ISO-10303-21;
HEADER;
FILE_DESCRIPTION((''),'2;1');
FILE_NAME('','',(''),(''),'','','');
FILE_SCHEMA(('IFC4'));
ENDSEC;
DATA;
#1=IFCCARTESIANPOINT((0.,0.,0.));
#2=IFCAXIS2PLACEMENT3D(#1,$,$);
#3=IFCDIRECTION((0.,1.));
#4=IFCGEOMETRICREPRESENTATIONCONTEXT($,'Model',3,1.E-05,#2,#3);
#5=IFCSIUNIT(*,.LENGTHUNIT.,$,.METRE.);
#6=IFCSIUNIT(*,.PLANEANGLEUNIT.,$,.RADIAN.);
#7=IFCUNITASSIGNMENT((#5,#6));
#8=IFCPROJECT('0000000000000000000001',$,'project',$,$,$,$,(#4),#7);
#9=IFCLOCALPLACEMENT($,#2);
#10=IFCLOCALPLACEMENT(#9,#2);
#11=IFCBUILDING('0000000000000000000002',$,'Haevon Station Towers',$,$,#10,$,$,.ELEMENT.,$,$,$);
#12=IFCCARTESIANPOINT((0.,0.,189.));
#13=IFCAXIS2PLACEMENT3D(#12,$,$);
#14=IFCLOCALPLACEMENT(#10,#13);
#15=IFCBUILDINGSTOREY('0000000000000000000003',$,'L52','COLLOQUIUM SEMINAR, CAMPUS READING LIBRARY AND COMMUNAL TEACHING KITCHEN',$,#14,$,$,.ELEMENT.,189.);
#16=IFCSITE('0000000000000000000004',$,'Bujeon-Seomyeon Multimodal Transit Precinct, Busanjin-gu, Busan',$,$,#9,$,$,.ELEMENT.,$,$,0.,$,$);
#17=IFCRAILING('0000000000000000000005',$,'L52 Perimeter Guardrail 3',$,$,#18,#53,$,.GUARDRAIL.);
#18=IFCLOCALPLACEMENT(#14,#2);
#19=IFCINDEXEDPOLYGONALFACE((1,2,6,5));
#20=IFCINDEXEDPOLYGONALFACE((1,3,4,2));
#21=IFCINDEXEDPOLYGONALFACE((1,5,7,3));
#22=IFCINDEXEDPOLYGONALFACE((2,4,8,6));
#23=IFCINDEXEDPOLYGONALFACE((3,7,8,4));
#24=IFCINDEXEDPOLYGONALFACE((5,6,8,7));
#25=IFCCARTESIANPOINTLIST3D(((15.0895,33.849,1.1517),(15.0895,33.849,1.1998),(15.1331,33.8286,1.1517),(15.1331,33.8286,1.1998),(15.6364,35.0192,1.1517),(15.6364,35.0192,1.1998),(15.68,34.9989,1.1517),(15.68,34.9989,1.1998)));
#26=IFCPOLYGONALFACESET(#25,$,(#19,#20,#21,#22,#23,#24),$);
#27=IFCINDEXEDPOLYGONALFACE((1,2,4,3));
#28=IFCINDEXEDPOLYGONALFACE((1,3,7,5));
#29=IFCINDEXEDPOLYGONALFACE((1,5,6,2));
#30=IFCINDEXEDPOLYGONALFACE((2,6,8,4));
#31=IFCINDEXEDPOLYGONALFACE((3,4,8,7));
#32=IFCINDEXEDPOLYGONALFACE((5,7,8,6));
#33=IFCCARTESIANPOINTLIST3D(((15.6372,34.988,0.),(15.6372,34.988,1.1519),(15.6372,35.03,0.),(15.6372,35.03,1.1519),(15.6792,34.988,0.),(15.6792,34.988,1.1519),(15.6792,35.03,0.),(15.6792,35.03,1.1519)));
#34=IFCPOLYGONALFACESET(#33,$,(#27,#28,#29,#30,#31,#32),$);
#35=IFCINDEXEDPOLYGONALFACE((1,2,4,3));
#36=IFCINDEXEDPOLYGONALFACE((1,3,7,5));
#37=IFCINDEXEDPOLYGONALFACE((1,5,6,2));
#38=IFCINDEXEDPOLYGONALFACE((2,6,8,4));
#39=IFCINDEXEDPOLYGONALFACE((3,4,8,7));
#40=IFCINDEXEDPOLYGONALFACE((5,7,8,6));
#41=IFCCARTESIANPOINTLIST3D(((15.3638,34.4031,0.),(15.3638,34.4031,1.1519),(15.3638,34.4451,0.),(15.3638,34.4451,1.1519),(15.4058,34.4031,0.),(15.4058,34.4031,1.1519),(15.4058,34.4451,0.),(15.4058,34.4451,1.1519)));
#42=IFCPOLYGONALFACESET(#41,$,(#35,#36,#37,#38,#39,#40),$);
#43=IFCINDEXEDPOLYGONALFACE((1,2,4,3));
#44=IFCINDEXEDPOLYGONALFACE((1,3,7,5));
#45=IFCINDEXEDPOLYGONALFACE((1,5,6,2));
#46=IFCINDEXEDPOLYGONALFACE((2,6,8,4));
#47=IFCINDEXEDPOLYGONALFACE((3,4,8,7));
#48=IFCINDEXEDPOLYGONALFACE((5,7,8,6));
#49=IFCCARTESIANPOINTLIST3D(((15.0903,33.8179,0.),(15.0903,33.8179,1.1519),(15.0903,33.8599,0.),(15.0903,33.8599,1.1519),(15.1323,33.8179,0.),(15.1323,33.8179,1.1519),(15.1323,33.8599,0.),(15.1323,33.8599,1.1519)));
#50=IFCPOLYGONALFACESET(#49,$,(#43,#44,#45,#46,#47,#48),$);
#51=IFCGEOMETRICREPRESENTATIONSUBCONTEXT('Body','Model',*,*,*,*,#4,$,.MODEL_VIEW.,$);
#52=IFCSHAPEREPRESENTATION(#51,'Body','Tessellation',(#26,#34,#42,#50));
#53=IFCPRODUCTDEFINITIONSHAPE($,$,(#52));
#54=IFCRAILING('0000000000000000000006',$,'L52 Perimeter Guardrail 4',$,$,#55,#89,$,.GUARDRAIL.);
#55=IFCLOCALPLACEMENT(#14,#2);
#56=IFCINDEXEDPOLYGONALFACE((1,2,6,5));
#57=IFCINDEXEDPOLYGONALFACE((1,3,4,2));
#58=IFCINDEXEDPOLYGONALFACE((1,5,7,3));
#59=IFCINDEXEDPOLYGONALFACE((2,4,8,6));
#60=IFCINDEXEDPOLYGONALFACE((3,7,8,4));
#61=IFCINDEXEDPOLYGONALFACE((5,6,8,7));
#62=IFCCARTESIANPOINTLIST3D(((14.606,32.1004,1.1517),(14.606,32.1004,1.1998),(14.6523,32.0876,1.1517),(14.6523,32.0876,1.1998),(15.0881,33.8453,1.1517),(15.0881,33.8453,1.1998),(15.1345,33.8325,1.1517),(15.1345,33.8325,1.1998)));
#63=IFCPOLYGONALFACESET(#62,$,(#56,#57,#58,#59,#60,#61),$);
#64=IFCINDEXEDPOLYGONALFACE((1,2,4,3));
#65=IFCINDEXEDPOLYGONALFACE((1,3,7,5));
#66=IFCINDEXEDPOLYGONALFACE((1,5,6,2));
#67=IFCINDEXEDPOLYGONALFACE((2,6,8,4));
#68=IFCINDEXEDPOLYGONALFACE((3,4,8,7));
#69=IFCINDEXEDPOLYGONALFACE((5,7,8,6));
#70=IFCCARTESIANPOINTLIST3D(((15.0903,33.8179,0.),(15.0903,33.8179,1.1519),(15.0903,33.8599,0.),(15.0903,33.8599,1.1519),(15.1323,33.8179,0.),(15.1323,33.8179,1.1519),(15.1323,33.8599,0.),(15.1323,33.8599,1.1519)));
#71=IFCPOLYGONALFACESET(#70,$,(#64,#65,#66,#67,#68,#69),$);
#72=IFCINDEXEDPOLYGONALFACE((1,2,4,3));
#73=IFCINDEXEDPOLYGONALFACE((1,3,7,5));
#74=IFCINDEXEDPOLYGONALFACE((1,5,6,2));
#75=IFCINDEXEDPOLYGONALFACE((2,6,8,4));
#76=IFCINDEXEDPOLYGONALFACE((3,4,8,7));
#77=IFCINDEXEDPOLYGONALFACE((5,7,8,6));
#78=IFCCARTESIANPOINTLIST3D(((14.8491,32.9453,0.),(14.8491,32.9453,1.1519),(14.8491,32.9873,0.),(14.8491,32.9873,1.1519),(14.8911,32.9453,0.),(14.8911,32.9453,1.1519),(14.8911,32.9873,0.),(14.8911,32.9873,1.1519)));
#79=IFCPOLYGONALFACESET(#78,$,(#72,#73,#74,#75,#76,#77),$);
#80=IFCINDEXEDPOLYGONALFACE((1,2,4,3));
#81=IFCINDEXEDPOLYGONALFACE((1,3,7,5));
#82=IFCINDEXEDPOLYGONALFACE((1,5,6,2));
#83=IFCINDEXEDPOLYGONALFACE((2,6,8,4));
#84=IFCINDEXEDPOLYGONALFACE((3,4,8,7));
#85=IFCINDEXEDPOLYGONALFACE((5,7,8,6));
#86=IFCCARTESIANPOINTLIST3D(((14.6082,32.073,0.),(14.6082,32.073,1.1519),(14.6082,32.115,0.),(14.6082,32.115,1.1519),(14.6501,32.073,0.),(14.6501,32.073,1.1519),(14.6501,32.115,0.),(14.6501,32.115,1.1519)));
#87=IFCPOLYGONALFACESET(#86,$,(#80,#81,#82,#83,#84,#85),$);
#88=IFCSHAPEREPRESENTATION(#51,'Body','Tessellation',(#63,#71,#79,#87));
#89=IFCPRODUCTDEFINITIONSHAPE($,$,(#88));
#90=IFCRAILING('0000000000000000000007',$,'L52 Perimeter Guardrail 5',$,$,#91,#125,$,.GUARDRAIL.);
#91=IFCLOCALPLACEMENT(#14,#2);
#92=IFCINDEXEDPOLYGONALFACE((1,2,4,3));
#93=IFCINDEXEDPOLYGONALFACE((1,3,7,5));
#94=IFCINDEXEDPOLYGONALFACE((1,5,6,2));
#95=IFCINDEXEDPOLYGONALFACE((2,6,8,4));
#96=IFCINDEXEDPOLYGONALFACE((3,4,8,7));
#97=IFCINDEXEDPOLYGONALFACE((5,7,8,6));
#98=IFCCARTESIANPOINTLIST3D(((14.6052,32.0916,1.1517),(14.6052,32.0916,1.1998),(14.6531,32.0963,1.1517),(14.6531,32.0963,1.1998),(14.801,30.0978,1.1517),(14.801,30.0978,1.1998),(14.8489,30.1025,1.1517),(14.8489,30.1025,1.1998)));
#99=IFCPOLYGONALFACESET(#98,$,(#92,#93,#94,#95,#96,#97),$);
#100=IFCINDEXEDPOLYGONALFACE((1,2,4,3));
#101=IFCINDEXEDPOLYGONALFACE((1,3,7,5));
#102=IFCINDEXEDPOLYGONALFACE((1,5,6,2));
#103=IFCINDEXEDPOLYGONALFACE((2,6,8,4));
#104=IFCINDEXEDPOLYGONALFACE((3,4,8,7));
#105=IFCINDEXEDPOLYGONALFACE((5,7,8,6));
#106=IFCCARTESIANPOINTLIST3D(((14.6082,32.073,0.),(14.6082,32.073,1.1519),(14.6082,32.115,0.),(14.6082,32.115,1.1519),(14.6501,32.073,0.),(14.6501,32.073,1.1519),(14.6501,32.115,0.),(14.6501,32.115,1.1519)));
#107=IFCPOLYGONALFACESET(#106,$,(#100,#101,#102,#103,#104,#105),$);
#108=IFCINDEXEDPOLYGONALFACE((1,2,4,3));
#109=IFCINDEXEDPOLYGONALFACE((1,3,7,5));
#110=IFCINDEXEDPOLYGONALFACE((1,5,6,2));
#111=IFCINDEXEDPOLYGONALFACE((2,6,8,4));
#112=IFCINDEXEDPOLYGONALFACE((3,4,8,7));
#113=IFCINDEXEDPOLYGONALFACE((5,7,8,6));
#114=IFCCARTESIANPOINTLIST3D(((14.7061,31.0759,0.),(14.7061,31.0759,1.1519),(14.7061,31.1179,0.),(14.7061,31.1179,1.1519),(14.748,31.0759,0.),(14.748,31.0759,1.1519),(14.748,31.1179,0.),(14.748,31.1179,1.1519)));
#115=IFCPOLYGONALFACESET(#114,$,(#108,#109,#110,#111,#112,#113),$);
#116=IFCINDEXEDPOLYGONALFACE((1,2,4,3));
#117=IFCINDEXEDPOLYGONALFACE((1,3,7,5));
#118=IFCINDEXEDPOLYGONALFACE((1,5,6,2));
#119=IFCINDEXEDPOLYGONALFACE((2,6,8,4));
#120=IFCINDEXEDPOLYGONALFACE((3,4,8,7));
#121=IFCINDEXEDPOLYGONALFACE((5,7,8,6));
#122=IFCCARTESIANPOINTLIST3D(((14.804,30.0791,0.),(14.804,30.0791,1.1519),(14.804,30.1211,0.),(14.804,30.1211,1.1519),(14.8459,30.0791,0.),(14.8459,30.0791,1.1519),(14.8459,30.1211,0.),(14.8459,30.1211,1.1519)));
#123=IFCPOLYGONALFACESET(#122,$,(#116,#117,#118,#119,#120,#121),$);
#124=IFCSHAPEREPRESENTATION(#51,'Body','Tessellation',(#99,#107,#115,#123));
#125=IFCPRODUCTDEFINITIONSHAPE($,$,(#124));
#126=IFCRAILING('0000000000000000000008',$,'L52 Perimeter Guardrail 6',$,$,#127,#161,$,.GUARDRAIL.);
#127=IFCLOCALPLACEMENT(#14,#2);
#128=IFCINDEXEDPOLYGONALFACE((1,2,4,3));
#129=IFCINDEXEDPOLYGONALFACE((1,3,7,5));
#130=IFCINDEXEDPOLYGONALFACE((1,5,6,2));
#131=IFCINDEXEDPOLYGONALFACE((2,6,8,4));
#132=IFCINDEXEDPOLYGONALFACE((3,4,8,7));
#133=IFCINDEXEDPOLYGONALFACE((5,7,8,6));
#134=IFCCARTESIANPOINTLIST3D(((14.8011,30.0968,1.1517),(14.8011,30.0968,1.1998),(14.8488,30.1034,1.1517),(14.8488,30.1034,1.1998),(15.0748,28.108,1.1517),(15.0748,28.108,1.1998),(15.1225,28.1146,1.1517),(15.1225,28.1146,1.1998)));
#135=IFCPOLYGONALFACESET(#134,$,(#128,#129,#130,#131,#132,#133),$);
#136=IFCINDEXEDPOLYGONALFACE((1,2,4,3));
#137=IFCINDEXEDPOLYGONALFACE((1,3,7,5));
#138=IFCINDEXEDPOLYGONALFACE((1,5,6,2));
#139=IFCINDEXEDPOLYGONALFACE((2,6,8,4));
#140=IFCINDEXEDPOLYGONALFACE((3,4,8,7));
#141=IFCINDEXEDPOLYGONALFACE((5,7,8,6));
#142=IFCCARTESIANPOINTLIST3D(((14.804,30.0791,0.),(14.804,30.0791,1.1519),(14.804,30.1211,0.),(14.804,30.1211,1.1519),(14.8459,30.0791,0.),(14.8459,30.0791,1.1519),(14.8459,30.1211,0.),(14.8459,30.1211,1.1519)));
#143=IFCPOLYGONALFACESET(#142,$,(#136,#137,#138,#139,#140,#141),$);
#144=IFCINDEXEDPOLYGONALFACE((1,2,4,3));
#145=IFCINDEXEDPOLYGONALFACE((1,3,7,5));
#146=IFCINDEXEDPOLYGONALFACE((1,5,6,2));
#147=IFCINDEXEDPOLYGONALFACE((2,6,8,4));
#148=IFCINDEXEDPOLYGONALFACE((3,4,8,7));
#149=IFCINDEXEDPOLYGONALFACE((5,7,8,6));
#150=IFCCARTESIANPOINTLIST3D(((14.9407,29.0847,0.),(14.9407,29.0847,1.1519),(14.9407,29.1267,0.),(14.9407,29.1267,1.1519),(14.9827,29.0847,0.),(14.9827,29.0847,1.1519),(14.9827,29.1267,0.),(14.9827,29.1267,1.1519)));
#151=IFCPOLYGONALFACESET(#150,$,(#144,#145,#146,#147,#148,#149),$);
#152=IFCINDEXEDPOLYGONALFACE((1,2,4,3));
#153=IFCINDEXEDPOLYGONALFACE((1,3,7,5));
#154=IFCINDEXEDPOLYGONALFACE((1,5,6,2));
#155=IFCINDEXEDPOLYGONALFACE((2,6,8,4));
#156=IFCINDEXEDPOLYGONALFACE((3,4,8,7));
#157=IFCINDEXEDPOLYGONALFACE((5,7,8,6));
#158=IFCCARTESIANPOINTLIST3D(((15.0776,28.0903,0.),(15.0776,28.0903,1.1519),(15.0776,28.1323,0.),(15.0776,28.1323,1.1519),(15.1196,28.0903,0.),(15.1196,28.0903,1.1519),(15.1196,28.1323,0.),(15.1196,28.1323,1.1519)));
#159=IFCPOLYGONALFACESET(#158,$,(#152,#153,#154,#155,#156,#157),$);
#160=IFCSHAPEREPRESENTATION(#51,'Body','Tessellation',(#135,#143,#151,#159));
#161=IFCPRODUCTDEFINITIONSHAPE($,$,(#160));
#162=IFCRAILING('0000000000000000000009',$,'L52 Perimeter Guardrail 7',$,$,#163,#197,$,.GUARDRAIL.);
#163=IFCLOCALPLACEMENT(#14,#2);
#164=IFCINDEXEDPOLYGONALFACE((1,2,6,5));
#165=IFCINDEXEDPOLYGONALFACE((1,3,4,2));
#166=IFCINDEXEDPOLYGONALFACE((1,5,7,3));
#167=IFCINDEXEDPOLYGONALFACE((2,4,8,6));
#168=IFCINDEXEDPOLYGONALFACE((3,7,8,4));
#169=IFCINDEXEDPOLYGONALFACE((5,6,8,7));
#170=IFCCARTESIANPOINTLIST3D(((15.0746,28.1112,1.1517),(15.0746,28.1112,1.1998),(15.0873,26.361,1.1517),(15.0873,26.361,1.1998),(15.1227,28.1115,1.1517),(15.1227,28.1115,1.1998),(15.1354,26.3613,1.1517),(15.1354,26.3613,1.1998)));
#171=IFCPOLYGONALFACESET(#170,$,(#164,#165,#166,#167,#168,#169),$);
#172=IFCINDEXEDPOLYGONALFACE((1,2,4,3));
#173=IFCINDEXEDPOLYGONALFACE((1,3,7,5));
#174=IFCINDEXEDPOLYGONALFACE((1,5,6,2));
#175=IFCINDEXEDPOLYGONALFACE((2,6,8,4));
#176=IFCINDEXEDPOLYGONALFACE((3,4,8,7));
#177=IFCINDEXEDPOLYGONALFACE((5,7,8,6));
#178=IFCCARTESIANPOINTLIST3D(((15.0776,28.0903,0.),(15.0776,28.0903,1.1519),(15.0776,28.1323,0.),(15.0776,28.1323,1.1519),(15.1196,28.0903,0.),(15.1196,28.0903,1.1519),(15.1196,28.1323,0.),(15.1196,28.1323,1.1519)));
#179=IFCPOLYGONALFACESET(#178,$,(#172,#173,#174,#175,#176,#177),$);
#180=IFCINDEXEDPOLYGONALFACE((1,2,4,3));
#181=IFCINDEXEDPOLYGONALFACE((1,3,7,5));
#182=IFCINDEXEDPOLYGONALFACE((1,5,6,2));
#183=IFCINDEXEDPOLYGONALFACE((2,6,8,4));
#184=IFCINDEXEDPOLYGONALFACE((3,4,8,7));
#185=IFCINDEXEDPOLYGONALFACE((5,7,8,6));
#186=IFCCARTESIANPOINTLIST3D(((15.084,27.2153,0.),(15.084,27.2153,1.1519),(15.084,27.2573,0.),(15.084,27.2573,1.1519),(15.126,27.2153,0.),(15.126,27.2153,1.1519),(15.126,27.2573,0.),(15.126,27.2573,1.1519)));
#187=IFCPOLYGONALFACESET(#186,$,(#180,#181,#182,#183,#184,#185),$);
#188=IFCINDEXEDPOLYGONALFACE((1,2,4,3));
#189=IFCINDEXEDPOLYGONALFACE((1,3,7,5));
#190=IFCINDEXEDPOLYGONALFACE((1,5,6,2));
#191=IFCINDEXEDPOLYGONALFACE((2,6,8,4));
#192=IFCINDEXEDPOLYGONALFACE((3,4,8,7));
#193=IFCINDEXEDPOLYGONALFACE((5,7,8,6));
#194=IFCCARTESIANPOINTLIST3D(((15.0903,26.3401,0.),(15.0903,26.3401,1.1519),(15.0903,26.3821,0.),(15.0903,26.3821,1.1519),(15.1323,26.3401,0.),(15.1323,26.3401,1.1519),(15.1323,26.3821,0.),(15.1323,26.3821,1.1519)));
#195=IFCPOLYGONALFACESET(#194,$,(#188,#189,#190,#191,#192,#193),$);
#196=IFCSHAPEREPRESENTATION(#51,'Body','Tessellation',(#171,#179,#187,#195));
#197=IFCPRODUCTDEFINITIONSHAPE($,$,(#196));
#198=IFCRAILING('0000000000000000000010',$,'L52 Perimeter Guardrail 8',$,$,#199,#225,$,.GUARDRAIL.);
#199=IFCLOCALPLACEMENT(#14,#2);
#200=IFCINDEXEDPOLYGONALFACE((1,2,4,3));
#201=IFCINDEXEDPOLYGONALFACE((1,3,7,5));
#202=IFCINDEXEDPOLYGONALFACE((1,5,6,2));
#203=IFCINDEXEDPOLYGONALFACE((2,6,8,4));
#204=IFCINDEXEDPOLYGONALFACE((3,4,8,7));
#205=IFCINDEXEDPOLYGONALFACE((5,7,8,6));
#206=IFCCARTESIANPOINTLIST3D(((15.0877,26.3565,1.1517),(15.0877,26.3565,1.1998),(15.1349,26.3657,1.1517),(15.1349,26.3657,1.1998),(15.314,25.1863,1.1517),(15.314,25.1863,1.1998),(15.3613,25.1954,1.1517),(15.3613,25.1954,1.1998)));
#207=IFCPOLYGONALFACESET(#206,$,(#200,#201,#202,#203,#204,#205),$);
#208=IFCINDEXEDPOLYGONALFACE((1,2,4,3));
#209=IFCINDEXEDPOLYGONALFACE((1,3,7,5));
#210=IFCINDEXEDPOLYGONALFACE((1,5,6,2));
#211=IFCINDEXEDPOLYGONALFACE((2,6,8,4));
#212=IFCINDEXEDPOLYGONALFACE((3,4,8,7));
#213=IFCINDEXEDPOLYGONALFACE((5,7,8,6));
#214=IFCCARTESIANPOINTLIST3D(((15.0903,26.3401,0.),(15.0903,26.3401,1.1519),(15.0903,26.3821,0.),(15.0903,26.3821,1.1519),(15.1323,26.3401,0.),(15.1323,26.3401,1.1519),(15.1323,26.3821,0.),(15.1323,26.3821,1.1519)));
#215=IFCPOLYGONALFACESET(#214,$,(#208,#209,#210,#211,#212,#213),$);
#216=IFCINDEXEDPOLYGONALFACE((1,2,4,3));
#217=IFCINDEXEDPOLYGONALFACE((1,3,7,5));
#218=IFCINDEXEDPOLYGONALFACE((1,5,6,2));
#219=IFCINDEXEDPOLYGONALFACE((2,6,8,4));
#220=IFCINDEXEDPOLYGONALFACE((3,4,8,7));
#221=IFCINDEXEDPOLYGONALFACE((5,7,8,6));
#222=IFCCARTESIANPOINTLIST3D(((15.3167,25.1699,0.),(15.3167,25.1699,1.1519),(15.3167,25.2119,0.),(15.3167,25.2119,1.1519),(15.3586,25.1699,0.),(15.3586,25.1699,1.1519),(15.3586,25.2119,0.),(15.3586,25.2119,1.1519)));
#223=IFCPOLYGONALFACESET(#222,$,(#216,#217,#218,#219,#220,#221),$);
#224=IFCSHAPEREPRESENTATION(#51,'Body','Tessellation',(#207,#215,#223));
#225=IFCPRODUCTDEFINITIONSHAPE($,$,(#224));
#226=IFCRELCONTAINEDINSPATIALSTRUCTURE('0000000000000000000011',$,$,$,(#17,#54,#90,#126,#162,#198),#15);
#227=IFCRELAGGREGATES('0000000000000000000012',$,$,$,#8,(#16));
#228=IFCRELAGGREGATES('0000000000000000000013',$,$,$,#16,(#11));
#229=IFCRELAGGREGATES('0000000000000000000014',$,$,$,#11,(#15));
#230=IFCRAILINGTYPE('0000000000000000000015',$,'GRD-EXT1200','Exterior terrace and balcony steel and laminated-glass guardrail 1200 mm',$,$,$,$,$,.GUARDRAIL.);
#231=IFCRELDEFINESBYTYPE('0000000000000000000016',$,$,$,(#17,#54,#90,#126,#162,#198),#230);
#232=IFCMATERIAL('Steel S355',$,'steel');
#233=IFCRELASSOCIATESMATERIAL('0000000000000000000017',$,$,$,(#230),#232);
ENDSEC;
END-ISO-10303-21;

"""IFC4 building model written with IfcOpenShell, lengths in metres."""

from ifc_helpers import new_model, si_unit, direction, frame, origin, origin_2d, place, context, subcontext, project, spatial, rectangle, extrude, material, type_object, element, save


model = new_model("IFC4")

# Units and contexts
model_context = context("Model", 3, precision=1e-05, world=origin(), true_north=direction((0.0, 1.0)))
body_context = subcontext(model_context, "Body", "Model", "MODEL_VIEW")
ifc_project = project(units=[si_unit("LENGTHUNIT", "METRE"), si_unit("PLANEANGLEUNIT", "RADIAN")], contexts=[model_context])

# Site, building, storey
site_placement = place(None, origin())
site = spatial("IfcSite", under=ifc_project, at=site_placement, Name="Bujeon-Seomyeon Multimodal Transit Precinct, Busanjin-gu, Busan", CompositionType="ELEMENT", RefElevation=0.0)
building_placement = place(site_placement, origin())
building = spatial("IfcBuilding", under=site, at=building_placement, Name="Haevon Station Towers", CompositionType="ELEMENT")
storey_placement = place(building_placement, frame((0.0, 0.0, 189.0)))
storey = spatial("IfcBuildingStorey", under=building, at=storey_placement, Name="L52", Description="COLLOQUIUM SEMINAR, CAMPUS READING LIBRARY AND COMMUNAL TEACHING KITCHEN", CompositionType="ELEMENT", Elevation=189.0)

# Shared definitions
ifc_material_1 = material(Name="Steel S355", Category="steel")

# Railings
railing_type = type_object("IfcRailingType", Name="GRD-EXT1200", Description="Exterior terrace and balcony steel and laminated-glass guardrail 1200 mm", PredefinedType="GUARDRAIL", material=ifc_material_1)
railing_1_placement = place(storey_placement, frame((15.6582, 35.009, 0.0)))
element("IfcRailing", 1, at=railing_1_placement, inside=storey, type_object=railing_type, Name="L52 Perimeter Guardrail 3", PredefinedType="GUARDRAIL", context=body_context, shape_type="SweptSolid", body=[
    extrude(rectangle(XDim=0.0481, YDim=0.0481, at=origin_2d()), frame((0.0, 0.0, 1.1758), z_axis=(-0.423392, -0.905946, 0.0), x_axis=(0.905946, -0.423392, 0.0)), (0.0, 0.0, 1.0), 1.2917),
    extrude(rectangle(XDim=0.042, YDim=0.042, at=origin_2d()), origin(), (0.0, 0.0, 1.0), 1.1519),
    extrude(rectangle(XDim=0.042, YDim=0.042, at=origin_2d()), frame((-0.2734, -0.585, 0.0)), (0.0, 0.0, 1.0), 1.1519),
    extrude(rectangle(XDim=0.042, YDim=0.042, at=origin_2d()), frame((-0.5469, -1.1702, 0.0)), (0.0, 0.0, 1.0), 1.1519),
])
railing_2_placement = place(storey_placement, frame((15.1113, 33.8389, 0.0)))
element("IfcRailing", 2, at=railing_2_placement, inside=storey, type_object=railing_type, Name="L52 Perimeter Guardrail 4", PredefinedType="GUARDRAIL", context=body_context, shape_type="SweptSolid", body=[
    extrude(rectangle(XDim=0.0481, YDim=0.0481, at=origin_2d()), frame((0.0, 0.0, 1.1758), z_axis=(-0.266357, -0.963874, 0.0), x_axis=(0.963874, -0.266357, 0.0)), (0.0, 0.0, 1.0), 1.8103),
    extrude(rectangle(XDim=0.042, YDim=0.042, at=origin_2d()), origin(), (0.0, 0.0, 1.0), 1.1519),
    extrude(rectangle(XDim=0.042, YDim=0.042, at=origin_2d()), frame((-0.2412, -0.8726, 0.0)), (0.0, 0.0, 1.0), 1.1519),
    extrude(rectangle(XDim=0.042, YDim=0.042, at=origin_2d()), frame((-0.4822, -1.7449, 0.0)), (0.0, 0.0, 1.0), 1.1519),
])
railing_3_placement = place(storey_placement, frame((14.6292, 32.094, 0.0)))
element("IfcRailing", 3, at=railing_3_placement, inside=storey, type_object=railing_type, Name="L52 Perimeter Guardrail 5", PredefinedType="GUARDRAIL", context=body_context, shape_type="SweptSolid", body=[
    extrude(rectangle(XDim=0.0481, YDim=0.0481, at=origin_2d()), frame((0.0, 0.0, 1.1758), z_axis=(0.09773, -0.995213, 0.0), x_axis=(0.995213, 0.09773, 0.0)), (0.0, 0.0, 1.0), 2.0034),
    extrude(rectangle(XDim=0.042, YDim=0.042, at=origin_2d()), origin(), (0.0, 0.0, 1.0), 1.1519),
    extrude(rectangle(XDim=0.042, YDim=0.042, at=origin_2d()), frame((0.0979, -0.9971, 0.0)), (0.0, 0.0, 1.0), 1.1519),
    extrude(rectangle(XDim=0.042, YDim=0.042, at=origin_2d()), frame((0.1958, -1.9939, 0.0)), (0.0, 0.0, 1.0), 1.1519),
])
railing_4_placement = place(storey_placement, frame((14.825, 30.1001, 0.0)))
element("IfcRailing", 4, at=railing_4_placement, inside=storey, type_object=railing_type, Name="L52 Perimeter Guardrail 6", PredefinedType="GUARDRAIL", context=body_context, shape_type="SweptSolid", body=[
    extrude(rectangle(XDim=0.0481, YDim=0.0481, at=origin_2d()), frame((0.0, 0.0, 1.1758), z_axis=(0.136329, -0.990664, 0.0), x_axis=(0.990664, 0.136329, 0.0)), (0.0, 0.0, 1.0), 2.0076),
    extrude(rectangle(XDim=0.042, YDim=0.042, at=origin_2d()), origin(), (0.0, 0.0, 1.0), 1.1519),
    extrude(rectangle(XDim=0.042, YDim=0.042, at=origin_2d()), frame((0.1367, -0.9944, 0.0)), (0.0, 0.0, 1.0), 1.1519),
    extrude(rectangle(XDim=0.042, YDim=0.042, at=origin_2d()), frame((0.2737, -1.9888, 0.0)), (0.0, 0.0, 1.0), 1.1519),
])
railing_5_placement = place(storey_placement, frame((15.0986, 28.1113, 0.0)))
element("IfcRailing", 5, at=railing_5_placement, inside=storey, type_object=railing_type, Name="L52 Perimeter Guardrail 7", PredefinedType="GUARDRAIL", context=body_context, shape_type="SweptSolid", body=[
    extrude(rectangle(XDim=0.0481, YDim=0.0481, at=origin_2d()), frame((0.0, 0.0, 1.1758), z_axis=(0.007253, -0.999974, 0.0), x_axis=(0.999974, 0.007253, 0.0)), (0.0, 0.0, 1.0), 1.7502),
    extrude(rectangle(XDim=0.042, YDim=0.042, at=origin_2d()), origin(), (0.0, 0.0, 1.0), 1.1519),
    extrude(rectangle(XDim=0.042, YDim=0.042, at=origin_2d()), frame((0.0063, -0.875, 0.0)), (0.0, 0.0, 1.0), 1.1519),
    extrude(rectangle(XDim=0.042, YDim=0.042, at=origin_2d()), frame((0.0127, -1.7502, 0.0)), (0.0, 0.0, 1.0), 1.1519),
])
railing_6_placement = place(storey_placement, frame((15.1113, 26.3611, 0.0)))
element("IfcRailing", 6, at=railing_6_placement, inside=storey, type_object=railing_type, Name="L52 Perimeter Guardrail 8", PredefinedType="GUARDRAIL", context=body_context, shape_type="SweptSolid", body=[
    extrude(rectangle(XDim=0.0481, YDim=0.0481, at=origin_2d()), frame((0.0, 0.0, 1.1758), z_axis=(0.189888, -0.981806, 0.0), x_axis=(0.981806, 0.189888, 0.0)), (0.0, 0.0, 1.0), 1.1919),
    extrude(rectangle(XDim=0.042, YDim=0.042, at=origin_2d()), origin(), (0.0, 0.0, 1.0), 1.1519),
    extrude(rectangle(XDim=0.042, YDim=0.042, at=origin_2d()), frame((0.2263, -1.1702, 0.0)), (0.0, 0.0, 1.0), 1.1519),
])

save(model, "model.ifc")
